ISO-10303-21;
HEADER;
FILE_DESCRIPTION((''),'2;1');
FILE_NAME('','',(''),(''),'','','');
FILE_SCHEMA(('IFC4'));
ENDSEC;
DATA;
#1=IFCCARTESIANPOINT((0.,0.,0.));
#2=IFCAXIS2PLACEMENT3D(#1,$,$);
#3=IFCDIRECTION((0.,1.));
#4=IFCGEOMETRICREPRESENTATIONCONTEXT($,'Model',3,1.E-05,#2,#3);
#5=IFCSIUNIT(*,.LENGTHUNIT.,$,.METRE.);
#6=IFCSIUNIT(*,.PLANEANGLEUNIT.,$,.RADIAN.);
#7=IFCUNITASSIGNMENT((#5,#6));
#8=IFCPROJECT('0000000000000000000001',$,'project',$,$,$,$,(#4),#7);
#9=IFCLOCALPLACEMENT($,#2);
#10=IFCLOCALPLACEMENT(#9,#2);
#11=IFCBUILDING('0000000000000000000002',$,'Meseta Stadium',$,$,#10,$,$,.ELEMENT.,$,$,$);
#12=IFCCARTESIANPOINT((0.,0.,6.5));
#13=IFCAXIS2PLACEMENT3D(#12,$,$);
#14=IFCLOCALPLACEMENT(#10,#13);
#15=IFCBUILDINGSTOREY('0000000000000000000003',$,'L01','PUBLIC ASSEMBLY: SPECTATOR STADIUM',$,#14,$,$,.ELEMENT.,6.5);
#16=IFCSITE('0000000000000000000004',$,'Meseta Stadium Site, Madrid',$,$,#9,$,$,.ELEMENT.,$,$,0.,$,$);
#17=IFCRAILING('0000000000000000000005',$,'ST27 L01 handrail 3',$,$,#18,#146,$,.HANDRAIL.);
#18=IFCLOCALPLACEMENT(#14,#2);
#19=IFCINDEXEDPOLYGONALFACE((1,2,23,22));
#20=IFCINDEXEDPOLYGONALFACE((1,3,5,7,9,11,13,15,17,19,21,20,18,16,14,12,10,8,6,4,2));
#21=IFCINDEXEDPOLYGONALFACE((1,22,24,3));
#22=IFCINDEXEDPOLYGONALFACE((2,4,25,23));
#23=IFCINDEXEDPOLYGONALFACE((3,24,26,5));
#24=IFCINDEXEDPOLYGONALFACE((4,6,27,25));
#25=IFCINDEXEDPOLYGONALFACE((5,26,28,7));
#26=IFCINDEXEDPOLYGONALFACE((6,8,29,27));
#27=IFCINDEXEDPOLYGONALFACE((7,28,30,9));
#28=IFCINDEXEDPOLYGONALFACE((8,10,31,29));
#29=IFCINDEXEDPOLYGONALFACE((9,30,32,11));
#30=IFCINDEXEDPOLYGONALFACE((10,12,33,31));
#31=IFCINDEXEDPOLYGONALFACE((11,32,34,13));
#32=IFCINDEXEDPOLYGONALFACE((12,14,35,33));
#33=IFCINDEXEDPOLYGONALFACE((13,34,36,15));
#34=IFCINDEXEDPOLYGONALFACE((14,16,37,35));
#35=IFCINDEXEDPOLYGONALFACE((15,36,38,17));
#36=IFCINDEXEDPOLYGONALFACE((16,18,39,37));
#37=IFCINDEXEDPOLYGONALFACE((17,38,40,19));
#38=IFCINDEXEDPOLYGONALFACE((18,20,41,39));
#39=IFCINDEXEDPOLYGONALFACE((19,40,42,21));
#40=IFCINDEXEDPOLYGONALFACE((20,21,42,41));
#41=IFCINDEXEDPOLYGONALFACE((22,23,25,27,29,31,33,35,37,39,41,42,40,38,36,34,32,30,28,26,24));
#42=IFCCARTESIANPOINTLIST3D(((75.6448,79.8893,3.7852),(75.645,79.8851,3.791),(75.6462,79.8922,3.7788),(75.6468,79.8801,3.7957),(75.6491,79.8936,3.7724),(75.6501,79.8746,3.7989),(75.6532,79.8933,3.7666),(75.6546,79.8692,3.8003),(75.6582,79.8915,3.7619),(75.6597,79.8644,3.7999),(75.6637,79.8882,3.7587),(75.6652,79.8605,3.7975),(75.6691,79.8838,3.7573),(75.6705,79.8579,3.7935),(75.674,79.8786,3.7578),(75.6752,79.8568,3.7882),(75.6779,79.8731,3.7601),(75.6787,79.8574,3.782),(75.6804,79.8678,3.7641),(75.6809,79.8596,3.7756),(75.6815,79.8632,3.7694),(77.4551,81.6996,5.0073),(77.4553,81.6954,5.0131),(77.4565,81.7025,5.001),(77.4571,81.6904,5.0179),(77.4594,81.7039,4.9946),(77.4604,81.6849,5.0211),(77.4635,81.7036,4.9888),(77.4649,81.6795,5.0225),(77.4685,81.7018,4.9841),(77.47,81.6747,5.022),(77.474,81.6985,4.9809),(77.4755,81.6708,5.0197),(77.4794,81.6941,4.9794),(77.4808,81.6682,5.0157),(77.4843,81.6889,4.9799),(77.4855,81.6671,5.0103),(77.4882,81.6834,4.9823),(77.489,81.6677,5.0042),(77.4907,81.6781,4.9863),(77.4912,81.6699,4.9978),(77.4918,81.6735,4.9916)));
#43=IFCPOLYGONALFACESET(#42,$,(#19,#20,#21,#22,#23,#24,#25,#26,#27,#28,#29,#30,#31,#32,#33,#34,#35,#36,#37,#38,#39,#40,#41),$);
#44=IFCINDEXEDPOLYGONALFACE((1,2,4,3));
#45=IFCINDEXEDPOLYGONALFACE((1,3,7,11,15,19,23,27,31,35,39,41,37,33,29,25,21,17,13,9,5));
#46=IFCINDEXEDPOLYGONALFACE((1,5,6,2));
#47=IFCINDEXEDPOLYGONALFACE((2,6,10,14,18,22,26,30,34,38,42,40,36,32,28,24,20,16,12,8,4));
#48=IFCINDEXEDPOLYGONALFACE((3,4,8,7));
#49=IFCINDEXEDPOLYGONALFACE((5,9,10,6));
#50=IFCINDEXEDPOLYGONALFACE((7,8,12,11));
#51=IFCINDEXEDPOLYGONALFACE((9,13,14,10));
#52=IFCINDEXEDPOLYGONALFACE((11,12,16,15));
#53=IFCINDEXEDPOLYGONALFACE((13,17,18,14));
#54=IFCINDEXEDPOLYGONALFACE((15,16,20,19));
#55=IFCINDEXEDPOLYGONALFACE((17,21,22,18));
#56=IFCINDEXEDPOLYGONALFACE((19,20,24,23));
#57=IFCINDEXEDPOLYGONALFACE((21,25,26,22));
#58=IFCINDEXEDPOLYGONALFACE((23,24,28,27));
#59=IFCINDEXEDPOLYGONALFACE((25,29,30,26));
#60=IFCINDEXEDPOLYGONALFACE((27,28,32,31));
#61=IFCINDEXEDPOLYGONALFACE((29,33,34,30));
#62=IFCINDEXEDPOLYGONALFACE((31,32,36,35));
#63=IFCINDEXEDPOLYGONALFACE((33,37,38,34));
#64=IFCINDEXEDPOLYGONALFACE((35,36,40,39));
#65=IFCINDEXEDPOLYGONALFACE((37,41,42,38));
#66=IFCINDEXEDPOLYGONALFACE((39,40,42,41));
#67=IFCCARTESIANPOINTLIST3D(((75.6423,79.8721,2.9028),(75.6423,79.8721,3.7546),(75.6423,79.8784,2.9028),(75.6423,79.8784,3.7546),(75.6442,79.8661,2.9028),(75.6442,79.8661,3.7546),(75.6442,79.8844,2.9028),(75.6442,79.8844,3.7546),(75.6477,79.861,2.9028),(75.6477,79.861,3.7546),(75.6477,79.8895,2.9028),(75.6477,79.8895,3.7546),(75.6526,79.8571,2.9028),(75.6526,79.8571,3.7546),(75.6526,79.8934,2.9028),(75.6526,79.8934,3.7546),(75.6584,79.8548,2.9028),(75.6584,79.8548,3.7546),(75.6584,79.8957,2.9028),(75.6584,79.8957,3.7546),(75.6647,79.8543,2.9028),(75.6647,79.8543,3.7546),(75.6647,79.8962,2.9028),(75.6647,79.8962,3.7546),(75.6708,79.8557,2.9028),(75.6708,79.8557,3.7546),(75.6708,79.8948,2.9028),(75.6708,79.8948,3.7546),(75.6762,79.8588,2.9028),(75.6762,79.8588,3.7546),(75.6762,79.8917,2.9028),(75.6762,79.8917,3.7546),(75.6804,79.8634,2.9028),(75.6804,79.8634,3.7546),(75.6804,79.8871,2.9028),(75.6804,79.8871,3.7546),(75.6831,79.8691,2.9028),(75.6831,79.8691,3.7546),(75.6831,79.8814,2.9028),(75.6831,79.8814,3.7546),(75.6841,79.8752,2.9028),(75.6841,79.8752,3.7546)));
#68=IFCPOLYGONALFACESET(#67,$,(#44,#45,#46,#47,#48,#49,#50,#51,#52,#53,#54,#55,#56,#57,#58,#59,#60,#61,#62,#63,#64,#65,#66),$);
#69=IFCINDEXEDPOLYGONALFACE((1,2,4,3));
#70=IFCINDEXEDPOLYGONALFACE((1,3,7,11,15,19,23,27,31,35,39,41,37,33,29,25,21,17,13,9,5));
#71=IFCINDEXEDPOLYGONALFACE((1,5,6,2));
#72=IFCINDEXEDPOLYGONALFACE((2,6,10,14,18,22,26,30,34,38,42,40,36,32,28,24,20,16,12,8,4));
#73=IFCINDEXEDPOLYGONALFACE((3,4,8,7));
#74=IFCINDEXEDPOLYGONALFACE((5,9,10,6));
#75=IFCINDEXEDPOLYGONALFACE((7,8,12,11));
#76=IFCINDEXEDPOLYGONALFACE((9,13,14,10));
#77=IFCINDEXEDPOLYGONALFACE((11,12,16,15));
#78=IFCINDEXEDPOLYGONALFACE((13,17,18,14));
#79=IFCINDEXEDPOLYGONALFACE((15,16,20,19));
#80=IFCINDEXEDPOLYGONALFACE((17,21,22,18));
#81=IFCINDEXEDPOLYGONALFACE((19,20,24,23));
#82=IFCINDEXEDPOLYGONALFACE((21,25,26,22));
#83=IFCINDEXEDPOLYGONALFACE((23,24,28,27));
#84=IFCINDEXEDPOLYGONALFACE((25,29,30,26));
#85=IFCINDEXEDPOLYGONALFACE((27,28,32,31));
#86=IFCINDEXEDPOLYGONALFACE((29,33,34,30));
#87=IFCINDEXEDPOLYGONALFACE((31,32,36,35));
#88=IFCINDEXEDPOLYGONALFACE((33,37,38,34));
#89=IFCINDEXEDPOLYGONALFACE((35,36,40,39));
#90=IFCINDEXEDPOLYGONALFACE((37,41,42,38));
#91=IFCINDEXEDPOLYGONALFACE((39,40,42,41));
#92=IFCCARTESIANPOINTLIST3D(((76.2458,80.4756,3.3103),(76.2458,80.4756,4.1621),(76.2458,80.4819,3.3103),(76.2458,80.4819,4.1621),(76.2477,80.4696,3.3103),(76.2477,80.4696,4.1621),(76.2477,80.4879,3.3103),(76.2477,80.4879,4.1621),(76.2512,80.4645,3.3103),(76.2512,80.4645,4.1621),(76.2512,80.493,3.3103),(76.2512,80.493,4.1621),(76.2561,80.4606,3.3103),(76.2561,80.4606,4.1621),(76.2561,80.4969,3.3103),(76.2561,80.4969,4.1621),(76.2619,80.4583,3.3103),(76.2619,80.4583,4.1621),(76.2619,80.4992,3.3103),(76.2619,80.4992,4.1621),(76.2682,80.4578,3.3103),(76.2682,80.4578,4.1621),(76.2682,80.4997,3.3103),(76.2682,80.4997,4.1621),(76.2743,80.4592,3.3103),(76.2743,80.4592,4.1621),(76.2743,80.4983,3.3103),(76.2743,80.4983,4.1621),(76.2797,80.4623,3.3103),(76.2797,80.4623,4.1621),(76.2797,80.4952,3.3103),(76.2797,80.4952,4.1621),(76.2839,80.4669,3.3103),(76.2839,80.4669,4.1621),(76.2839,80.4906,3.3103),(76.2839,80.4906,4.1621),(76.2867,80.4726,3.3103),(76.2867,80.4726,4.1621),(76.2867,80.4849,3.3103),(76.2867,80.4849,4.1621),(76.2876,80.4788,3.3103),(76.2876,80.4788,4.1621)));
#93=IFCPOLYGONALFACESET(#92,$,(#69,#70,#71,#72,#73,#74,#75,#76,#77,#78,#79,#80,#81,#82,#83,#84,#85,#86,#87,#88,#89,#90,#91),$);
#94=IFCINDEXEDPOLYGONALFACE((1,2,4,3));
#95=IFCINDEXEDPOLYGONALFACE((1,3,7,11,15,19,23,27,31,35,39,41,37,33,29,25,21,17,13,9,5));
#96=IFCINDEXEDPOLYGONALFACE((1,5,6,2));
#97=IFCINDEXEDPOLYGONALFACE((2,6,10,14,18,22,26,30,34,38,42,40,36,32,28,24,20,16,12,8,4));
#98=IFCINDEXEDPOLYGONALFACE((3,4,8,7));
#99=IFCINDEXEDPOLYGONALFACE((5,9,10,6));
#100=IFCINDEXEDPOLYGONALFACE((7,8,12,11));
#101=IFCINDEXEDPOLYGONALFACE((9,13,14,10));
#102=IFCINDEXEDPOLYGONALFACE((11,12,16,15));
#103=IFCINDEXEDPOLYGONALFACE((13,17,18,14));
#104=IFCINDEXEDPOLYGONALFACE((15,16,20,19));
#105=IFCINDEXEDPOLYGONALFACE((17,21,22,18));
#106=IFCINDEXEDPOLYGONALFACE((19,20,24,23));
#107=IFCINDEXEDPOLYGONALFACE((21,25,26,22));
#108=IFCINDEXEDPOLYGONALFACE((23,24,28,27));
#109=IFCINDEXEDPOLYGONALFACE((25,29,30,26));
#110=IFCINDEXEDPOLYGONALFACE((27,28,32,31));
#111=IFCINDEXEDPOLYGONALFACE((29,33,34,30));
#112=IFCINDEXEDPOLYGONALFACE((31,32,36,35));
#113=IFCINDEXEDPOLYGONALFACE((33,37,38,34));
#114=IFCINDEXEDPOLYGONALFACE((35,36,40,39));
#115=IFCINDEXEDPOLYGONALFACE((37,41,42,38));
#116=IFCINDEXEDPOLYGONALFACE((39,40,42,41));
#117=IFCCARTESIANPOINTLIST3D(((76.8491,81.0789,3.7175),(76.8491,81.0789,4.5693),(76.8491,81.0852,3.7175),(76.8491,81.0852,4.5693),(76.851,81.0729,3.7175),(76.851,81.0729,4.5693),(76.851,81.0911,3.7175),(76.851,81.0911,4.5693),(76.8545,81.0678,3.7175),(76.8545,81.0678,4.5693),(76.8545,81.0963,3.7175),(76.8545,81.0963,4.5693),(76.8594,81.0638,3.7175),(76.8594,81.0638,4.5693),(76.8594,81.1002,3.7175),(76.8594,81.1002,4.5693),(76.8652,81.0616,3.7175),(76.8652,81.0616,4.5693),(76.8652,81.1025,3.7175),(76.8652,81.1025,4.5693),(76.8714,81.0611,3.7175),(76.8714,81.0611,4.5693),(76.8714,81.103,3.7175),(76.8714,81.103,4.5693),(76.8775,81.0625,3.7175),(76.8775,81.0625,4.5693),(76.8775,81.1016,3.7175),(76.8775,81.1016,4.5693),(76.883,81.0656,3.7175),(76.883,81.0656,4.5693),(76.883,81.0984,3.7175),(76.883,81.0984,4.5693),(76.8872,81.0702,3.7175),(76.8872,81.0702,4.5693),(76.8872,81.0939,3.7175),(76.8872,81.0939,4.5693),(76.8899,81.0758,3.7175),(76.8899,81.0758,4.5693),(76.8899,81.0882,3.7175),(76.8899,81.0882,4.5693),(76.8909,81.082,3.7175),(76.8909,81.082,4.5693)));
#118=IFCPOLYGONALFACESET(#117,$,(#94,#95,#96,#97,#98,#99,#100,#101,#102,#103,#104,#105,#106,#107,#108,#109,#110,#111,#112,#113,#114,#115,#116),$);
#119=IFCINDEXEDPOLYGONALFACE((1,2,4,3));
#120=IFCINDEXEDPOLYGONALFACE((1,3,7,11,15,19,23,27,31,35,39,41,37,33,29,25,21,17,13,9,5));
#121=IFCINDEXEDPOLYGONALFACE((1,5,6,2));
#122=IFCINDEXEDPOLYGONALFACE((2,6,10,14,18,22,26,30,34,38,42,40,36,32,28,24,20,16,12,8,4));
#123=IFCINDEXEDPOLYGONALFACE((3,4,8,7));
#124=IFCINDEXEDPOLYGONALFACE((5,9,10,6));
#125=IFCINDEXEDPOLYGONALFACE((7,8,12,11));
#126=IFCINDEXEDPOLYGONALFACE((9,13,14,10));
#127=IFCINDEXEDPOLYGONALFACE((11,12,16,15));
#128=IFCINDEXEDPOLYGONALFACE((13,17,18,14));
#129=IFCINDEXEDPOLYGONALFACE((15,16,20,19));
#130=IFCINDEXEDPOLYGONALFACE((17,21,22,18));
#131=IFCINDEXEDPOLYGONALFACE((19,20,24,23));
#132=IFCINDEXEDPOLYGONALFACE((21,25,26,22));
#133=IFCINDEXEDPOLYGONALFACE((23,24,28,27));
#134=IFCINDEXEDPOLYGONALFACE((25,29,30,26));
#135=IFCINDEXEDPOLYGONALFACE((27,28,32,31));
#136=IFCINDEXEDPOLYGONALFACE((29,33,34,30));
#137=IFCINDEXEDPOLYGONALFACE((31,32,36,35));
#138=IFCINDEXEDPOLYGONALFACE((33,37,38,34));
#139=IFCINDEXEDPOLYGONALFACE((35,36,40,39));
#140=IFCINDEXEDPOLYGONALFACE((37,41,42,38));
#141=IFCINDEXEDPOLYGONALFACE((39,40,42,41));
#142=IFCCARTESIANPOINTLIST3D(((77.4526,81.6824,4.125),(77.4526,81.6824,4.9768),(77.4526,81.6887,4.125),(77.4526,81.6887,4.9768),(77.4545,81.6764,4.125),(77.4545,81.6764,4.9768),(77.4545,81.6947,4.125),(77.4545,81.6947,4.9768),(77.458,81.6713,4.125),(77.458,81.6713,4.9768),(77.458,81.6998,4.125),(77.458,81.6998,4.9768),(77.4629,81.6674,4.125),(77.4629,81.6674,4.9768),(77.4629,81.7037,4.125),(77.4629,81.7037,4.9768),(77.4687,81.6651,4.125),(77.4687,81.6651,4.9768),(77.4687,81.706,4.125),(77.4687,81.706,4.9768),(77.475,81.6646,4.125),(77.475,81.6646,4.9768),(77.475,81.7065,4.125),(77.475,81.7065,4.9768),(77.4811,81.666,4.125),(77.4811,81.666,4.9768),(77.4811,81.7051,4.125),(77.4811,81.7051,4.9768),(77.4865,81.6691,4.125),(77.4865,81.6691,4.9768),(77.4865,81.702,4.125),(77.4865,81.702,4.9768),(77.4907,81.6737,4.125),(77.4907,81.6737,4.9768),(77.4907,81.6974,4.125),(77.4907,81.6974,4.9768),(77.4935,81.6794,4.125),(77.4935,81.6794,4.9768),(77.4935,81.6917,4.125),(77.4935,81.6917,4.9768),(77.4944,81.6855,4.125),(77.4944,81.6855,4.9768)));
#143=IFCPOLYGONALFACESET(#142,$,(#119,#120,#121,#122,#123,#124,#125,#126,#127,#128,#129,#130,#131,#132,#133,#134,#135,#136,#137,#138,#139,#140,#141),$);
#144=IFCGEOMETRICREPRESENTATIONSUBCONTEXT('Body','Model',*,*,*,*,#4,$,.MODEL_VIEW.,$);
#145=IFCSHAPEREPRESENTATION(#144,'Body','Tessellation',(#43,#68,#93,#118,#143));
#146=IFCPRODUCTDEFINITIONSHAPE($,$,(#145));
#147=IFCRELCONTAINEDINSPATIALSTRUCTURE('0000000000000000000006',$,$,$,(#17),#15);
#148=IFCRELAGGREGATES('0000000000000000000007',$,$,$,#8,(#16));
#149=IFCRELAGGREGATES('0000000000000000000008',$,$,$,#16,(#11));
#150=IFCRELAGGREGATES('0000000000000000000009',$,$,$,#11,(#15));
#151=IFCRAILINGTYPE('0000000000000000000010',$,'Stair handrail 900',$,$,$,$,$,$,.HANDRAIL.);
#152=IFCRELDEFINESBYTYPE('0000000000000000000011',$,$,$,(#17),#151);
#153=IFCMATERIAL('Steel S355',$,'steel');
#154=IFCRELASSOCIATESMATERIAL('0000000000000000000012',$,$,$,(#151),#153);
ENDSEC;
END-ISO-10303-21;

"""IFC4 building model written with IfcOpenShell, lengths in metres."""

from ifc_helpers import new_model, si_unit, direction, frame, origin, origin_2d, place, context, subcontext, project, spatial, circle, extrude, material, type_object, element, save


model = new_model("IFC4")

# Units and contexts
model_context = context("Model", 3, precision=1e-05, world=origin(), true_north=direction((0.0, 1.0)))
body_context = subcontext(model_context, "Body", "Model", "MODEL_VIEW")
ifc_project = project(units=[si_unit("LENGTHUNIT", "METRE"), si_unit("PLANEANGLEUNIT", "RADIAN")], contexts=[model_context])

# Site, building, storey
site_placement = place(None, origin())
site = spatial("IfcSite", under=ifc_project, at=site_placement, Name="Meseta Stadium Site, Madrid", CompositionType="ELEMENT", RefElevation=0.0)
building_placement = place(site_placement, origin())
building = spatial("IfcBuilding", under=site, at=building_placement, Name="Meseta Stadium", CompositionType="ELEMENT")
storey_placement = place(building_placement, frame((0.0, 0.0, 6.5)))
storey = spatial("IfcBuildingStorey", under=building, at=storey_placement, Name="L01", Description="PUBLIC ASSEMBLY: SPECTATOR STADIUM", CompositionType="ELEMENT", Elevation=6.5)

# Railing
ifc_material_1 = material(Name="Steel S355", Category="steel")
railing_type_1 = type_object("IfcRailingType", Name="Stair handrail 900", PredefinedType="HANDRAIL", material=ifc_material_1)
for number, where, name in (
    (1, (75.6631, 79.8752, 2.9028), "ST27 L01 handrail 3"),
):
    element("IfcRailing", number, at=place(storey_placement, frame(where)), inside=storey, type_object=railing_type_1, Name=name, PredefinedType="HANDRAIL", context=body_context, shape_type="SweptSolid", body=[
        extrude(circle(Radius=0.0239, at=origin_2d()), frame((0.0, 0.0, 0.876), z_axis=(0.638124, 0.638124, 0.430809), x_axis=(-0.707107, 0.707107, 0.0)), (0.0, 0.0, 1.0), 2.8369),
        extrude(circle(Radius=0.021, at=origin_2d()), origin(), (0.0, 0.0, 1.0), 0.8518),
        extrude(circle(Radius=0.021, at=origin_2d()), frame((0.6035, 0.6035, 0.4075)), (0.0, 0.0, 1.0), 0.8518),
        extrude(circle(Radius=0.021, at=origin_2d()), frame((1.2068, 1.2068, 0.8147)), (0.0, 0.0, 1.0), 0.8518),
        extrude(circle(Radius=0.021, at=origin_2d()), frame((1.8103, 1.8103, 1.2222)), (0.0, 0.0, 1.0), 0.8518),
    ])

save(model, "model.ifc")
